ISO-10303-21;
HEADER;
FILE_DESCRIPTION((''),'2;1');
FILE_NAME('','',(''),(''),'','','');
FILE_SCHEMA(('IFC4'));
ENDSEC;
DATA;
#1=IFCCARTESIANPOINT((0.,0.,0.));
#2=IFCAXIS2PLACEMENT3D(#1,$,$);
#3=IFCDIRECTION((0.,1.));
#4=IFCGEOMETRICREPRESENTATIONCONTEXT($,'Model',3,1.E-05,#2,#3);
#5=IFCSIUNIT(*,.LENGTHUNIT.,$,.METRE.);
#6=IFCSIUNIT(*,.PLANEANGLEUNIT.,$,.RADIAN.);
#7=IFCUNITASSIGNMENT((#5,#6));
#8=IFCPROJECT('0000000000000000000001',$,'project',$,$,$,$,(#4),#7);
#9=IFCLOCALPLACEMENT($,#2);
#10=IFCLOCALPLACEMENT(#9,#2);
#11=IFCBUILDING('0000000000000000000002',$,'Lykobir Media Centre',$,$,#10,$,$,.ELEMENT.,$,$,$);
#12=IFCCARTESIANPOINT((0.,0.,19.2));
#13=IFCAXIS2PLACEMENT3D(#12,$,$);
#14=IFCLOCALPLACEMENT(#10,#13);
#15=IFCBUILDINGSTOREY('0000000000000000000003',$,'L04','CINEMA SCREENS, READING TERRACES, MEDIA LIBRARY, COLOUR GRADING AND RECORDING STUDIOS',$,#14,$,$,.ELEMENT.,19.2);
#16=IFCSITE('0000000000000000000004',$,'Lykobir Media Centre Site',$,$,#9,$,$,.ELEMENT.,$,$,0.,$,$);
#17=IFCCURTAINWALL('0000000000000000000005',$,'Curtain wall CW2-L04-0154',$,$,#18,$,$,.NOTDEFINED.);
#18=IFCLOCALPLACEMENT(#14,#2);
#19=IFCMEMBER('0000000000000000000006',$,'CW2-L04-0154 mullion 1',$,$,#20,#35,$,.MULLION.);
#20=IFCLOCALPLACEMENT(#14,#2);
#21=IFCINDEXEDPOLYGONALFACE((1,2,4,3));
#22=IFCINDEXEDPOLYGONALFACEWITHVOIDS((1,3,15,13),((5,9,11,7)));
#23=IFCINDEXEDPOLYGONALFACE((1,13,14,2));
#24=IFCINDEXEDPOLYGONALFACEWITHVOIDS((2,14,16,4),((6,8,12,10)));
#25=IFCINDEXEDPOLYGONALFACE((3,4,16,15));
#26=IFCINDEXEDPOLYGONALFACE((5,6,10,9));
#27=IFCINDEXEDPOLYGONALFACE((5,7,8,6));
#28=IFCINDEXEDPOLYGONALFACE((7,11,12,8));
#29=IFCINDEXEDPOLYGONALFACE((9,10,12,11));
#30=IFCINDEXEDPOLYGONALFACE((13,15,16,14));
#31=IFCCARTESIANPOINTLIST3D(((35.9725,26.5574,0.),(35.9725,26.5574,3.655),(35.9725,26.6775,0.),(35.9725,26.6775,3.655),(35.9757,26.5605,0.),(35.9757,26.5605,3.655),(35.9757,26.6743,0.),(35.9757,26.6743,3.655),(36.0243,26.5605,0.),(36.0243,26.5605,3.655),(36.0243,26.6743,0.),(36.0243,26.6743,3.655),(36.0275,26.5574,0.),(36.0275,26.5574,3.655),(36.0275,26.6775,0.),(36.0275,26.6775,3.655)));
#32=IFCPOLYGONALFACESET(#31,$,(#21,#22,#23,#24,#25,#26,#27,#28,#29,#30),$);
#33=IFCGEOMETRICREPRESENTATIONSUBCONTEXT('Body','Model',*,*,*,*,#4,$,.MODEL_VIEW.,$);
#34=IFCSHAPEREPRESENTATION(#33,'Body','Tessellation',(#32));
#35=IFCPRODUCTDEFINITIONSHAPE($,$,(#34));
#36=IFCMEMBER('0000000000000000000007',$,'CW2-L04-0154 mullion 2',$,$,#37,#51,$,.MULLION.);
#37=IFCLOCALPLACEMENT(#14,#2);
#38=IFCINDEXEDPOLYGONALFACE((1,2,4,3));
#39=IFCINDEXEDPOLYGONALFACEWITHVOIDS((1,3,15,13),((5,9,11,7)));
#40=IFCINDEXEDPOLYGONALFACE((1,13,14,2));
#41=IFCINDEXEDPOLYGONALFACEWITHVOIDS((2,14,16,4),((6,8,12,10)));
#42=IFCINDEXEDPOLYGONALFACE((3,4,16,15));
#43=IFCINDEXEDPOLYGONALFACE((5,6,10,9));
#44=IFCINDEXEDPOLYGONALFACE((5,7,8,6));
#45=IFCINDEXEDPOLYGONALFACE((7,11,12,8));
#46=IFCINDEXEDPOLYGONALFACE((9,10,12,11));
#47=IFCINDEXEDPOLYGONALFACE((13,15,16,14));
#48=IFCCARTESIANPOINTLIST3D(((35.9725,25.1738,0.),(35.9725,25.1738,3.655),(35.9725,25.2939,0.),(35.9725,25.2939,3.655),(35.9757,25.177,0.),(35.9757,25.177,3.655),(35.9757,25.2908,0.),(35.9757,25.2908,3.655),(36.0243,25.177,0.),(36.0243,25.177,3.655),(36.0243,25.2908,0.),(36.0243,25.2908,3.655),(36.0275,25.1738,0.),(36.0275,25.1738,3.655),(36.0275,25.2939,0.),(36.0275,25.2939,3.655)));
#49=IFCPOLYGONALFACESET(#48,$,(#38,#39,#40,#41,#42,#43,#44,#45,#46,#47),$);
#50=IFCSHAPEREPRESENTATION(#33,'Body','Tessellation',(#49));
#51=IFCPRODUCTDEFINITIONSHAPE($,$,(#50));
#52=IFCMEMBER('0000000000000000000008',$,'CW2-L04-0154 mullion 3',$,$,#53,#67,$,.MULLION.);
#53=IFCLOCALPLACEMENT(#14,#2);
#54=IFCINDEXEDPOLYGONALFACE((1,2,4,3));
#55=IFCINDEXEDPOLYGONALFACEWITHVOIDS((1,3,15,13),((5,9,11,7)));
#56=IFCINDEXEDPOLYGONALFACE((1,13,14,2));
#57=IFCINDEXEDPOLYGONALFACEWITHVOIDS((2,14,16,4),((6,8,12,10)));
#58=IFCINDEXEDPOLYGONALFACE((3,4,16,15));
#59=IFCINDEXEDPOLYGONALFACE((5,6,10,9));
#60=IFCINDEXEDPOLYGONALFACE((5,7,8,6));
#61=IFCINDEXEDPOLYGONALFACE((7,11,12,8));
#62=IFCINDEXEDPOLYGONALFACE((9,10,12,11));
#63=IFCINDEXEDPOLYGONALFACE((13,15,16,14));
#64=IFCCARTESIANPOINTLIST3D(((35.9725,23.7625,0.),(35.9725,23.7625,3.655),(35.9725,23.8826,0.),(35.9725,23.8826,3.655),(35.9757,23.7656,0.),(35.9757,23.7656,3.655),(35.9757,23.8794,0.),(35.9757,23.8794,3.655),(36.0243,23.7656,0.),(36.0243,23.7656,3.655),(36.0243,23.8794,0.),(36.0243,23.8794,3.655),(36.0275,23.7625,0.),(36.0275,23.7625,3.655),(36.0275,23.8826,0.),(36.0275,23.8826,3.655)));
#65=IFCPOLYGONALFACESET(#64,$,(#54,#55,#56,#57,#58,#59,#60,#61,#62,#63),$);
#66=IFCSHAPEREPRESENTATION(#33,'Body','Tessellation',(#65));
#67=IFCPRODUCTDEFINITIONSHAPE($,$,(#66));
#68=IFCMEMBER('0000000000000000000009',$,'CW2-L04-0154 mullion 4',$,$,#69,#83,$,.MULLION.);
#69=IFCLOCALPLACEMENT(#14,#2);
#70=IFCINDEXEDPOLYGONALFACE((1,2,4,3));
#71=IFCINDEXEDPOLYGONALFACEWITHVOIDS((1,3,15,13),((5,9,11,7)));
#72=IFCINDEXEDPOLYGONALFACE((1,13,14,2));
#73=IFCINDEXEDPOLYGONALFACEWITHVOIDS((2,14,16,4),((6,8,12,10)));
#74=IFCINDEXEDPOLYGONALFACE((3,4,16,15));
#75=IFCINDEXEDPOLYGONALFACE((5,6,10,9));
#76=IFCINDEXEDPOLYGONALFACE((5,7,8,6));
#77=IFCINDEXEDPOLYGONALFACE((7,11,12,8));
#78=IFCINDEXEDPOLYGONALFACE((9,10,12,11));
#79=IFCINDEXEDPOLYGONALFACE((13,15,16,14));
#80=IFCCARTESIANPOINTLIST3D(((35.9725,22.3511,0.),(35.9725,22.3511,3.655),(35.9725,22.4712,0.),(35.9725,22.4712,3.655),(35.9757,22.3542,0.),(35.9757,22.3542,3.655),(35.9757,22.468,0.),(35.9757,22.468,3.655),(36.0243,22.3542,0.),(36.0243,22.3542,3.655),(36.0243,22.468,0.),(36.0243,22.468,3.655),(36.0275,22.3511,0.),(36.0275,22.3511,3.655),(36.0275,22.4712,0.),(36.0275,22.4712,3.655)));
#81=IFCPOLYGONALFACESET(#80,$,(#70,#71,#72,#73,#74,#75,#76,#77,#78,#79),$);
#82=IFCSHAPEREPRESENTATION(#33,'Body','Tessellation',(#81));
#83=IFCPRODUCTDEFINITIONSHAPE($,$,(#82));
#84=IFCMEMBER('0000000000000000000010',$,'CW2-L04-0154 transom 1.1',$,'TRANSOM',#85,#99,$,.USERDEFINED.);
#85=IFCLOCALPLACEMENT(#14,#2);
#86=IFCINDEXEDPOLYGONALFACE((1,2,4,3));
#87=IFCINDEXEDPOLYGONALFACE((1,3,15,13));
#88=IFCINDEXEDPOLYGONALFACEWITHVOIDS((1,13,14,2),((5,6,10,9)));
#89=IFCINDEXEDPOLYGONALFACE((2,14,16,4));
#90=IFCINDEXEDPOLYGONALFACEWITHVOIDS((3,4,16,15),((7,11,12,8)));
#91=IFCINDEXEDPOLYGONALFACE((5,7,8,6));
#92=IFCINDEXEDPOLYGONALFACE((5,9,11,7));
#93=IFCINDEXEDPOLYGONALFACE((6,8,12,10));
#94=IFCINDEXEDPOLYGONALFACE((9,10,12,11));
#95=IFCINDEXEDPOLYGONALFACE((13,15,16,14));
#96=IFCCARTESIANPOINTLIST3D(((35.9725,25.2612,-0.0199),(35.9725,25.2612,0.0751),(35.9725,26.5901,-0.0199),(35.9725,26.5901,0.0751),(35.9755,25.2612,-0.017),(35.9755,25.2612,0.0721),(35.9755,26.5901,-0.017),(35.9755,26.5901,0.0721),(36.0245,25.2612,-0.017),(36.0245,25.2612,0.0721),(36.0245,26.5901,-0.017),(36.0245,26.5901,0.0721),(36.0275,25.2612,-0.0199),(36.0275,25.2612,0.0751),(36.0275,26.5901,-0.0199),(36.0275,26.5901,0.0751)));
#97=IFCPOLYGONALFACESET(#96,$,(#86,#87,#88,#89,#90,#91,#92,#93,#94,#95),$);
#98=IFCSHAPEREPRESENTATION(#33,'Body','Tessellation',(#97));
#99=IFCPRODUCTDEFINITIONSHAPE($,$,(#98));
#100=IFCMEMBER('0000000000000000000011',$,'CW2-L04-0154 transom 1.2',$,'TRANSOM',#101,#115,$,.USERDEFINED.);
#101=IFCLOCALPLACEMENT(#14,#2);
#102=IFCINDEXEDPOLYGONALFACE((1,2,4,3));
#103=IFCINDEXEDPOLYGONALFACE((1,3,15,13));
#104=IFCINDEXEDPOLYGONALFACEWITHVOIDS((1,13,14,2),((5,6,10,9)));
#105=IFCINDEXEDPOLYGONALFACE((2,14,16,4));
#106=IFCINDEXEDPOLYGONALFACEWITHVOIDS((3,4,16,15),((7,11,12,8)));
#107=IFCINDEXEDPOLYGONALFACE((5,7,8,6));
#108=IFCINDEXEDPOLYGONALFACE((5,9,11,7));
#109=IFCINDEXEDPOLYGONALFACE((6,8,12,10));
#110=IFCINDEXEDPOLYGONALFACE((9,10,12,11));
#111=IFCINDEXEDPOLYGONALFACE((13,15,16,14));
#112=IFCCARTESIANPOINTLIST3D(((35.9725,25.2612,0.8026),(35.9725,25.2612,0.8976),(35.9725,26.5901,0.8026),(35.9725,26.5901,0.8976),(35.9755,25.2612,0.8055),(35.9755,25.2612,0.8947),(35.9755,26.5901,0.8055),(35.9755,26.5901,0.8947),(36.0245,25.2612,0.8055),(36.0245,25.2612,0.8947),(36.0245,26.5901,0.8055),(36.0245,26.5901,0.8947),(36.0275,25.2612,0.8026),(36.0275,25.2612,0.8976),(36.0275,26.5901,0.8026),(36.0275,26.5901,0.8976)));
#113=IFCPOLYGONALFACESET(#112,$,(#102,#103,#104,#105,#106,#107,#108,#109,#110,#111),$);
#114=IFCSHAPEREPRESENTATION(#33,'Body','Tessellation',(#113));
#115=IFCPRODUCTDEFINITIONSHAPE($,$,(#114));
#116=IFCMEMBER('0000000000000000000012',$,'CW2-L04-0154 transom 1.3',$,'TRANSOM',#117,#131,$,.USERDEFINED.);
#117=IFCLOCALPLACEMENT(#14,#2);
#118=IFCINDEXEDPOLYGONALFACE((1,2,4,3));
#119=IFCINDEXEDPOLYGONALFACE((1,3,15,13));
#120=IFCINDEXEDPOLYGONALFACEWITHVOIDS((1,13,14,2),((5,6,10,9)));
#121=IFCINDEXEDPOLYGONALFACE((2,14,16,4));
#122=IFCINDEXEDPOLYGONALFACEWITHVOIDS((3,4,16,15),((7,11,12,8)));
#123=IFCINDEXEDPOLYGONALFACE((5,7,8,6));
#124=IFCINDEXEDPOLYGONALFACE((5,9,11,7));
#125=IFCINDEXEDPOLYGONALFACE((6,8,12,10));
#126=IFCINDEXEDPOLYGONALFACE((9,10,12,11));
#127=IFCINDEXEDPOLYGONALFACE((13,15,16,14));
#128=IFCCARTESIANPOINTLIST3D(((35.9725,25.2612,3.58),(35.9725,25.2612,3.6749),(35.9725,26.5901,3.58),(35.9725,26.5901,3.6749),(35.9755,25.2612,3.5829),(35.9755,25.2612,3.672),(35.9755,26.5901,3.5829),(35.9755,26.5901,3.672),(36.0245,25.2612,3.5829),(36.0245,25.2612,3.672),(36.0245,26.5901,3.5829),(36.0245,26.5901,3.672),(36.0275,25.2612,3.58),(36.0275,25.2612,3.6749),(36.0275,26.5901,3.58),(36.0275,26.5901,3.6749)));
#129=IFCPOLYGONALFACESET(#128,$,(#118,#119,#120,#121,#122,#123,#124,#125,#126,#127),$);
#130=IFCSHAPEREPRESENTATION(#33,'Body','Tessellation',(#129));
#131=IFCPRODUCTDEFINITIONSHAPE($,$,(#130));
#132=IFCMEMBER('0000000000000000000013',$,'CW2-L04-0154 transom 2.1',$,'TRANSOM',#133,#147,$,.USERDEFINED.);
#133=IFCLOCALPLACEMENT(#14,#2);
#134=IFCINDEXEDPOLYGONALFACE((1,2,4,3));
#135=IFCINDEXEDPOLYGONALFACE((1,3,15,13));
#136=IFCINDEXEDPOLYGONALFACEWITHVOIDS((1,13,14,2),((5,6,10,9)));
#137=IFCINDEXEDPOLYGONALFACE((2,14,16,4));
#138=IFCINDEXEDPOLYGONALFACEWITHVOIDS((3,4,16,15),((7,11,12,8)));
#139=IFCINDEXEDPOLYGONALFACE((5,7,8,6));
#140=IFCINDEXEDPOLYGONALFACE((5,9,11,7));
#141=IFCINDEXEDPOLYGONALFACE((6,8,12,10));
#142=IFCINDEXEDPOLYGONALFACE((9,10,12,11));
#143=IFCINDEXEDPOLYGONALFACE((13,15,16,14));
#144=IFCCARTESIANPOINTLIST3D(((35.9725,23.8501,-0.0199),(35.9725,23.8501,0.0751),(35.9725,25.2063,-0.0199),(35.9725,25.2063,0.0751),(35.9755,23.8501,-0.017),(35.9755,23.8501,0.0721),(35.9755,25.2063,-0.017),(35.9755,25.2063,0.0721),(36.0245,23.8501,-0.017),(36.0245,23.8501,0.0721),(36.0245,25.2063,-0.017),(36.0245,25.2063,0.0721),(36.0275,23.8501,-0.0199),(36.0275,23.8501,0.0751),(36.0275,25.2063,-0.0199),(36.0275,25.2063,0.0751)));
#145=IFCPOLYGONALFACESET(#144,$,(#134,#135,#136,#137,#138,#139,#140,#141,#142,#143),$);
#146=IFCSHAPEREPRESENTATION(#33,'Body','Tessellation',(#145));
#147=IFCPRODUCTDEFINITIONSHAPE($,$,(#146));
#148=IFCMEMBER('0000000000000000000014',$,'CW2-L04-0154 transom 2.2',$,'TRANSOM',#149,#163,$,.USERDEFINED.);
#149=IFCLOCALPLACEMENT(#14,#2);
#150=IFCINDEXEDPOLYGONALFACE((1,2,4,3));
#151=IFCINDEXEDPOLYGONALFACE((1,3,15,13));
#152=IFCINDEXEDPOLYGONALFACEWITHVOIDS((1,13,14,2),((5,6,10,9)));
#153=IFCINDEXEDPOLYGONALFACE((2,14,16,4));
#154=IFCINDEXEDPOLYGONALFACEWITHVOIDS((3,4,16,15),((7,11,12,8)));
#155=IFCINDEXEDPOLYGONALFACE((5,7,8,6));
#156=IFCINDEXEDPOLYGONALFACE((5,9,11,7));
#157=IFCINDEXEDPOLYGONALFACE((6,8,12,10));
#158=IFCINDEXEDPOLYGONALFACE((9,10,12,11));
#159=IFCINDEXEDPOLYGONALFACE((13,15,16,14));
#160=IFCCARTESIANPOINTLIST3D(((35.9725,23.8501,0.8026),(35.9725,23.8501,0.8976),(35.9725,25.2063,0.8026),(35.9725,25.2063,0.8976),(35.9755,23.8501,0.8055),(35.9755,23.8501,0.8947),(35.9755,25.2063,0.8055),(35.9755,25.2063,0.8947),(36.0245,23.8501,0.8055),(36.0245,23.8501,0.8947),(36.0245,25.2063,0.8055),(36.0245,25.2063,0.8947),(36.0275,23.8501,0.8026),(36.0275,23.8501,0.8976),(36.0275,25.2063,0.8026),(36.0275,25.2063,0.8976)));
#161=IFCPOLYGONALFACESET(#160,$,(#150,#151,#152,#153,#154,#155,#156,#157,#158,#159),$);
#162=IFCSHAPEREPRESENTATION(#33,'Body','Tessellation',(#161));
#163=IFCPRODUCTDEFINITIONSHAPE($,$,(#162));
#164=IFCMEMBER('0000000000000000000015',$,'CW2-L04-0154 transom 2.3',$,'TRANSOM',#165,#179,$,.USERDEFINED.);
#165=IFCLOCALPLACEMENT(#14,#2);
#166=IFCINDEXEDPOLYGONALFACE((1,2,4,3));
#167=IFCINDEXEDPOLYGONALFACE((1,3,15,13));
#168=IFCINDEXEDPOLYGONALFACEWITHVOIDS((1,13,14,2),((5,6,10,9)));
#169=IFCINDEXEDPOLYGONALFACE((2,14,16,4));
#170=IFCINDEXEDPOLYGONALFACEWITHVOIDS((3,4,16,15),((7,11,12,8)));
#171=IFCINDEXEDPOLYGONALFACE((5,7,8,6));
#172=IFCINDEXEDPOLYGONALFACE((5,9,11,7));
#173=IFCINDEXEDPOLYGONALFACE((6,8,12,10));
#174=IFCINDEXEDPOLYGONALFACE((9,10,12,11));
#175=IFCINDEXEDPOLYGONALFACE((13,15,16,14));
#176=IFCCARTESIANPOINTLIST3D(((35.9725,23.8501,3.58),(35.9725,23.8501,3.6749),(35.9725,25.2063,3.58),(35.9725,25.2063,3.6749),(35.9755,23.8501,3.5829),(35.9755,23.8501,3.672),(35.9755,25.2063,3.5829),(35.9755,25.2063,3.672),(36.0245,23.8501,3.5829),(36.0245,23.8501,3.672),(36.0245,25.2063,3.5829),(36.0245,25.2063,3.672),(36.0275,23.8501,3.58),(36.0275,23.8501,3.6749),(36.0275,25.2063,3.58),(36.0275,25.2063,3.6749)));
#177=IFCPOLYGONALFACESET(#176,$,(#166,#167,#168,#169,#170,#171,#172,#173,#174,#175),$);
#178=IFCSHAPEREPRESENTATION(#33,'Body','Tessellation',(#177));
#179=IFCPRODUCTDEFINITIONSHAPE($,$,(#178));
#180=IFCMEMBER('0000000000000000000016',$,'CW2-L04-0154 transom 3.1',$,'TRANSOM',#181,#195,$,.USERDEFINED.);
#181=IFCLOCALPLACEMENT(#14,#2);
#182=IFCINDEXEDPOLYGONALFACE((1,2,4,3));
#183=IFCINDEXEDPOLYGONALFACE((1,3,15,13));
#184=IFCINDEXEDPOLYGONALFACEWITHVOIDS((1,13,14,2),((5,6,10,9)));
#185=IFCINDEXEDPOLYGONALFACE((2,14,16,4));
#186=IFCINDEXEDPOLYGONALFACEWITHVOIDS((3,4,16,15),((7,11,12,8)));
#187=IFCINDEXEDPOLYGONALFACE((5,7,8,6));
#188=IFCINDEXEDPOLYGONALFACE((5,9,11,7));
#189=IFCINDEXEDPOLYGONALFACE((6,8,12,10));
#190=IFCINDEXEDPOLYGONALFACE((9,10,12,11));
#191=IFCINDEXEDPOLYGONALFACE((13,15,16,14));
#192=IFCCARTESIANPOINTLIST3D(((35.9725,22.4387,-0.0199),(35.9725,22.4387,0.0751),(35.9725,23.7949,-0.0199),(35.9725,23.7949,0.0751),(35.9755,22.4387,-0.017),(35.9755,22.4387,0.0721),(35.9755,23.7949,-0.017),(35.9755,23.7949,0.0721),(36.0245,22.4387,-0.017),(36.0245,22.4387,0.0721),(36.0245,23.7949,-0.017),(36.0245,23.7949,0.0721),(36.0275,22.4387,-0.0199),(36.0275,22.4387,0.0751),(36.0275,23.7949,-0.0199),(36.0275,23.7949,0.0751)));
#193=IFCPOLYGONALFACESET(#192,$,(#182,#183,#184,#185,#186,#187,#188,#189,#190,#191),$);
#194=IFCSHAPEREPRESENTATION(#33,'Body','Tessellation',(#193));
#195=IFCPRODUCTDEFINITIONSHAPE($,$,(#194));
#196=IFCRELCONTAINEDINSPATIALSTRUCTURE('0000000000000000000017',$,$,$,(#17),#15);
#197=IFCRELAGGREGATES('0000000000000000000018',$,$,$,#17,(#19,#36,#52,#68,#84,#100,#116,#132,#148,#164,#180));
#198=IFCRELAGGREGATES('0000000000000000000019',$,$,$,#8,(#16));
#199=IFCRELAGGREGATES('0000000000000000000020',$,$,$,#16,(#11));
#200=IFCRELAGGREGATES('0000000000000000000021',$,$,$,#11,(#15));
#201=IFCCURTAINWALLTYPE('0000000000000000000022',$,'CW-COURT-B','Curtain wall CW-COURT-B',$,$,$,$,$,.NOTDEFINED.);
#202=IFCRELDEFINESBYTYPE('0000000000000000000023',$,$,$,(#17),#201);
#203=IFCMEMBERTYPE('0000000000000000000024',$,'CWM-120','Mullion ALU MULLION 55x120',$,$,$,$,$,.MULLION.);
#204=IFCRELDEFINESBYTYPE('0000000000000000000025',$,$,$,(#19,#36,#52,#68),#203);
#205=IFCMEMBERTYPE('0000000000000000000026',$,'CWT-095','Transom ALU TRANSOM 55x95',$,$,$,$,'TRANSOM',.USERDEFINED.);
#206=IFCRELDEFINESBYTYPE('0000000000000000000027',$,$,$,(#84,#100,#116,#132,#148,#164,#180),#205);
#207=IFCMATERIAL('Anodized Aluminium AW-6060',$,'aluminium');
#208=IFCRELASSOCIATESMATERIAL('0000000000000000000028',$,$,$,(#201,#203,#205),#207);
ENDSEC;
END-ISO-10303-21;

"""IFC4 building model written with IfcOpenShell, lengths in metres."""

from ifc_helpers import new_model, si_unit, direction, frame, origin, origin_2d, place, context, subcontext, project, spatial, hollow_rectangle, extrude, material, material_profile, profile_set, type_object, element, aggregate, save


model = new_model("IFC4")

# Units and contexts
model_context = context("Model", 3, precision=1e-05, world=origin(), true_north=direction((0.0, 1.0)))
body_context = subcontext(model_context, "Body", "Model", "MODEL_VIEW")
ifc_project = project(units=[si_unit("LENGTHUNIT", "METRE"), si_unit("PLANEANGLEUNIT", "RADIAN")], contexts=[model_context])

# Site, building, storey
site_placement = place(None, origin())
site = spatial("IfcSite", under=ifc_project, at=site_placement, Name="Lykobir Media Centre Site", CompositionType="ELEMENT", RefElevation=0.0)
building_placement = place(site_placement, origin())
building = spatial("IfcBuilding", under=site, at=building_placement, Name="Lykobir Media Centre", CompositionType="ELEMENT")
storey_placement = place(building_placement, frame((0.0, 0.0, 19.2)))
storey = spatial("IfcBuildingStorey", under=building, at=storey_placement, Name="L04", Description="CINEMA SCREENS, READING TERRACES, MEDIA LIBRARY, COLOUR GRADING AND RECORDING STUDIOS", CompositionType="ELEMENT", Elevation=19.2)

# Curtain wall, members
ifc_material_1 = material(Name="Anodized Aluminium AW-6060", Category="aluminium")
curtain_wall_type = type_object("IfcCurtainWallType", Name="CW-COURT-B", Description="Curtain wall CW-COURT-B", PredefinedType="NOTDEFINED", material=ifc_material_1)
curtain_wall_placement = place(storey_placement, origin())
curtain_wall = element("IfcCurtainWall", 1, at=curtain_wall_placement, inside=storey, type_object=curtain_wall_type, Name="Curtain wall CW2-L04-0154", PredefinedType="NOTDEFINED")
ifc_material_profile_1 = material_profile(ifc_material_1, hollow_rectangle(XDim=0.0549, YDim=0.1201, WallThickness=0.0032, at=origin_2d()), Name="ALU MULLION 55x120")
ifc_profile_set_1 = profile_set([ifc_material_profile_1], Name="Anodized Aluminium AW-6060")
member_type_1 = type_object("IfcMemberType", Name="CWM-120", Description="Mullion ALU MULLION 55x120", PredefinedType="MULLION", material=ifc_profile_set_1)
member_1_placement = place(storey_placement, frame((36.0, 26.6174, 0.0), z_axis=(0.0, 0.0, 1.0), x_axis=(1.0, 0.0, 0.0)))
member_1 = element("IfcMember", 2, at=member_1_placement, type_object=member_type_1, Name="CW2-L04-0154 mullion 1", PredefinedType="MULLION", context=body_context, shape_type="SweptSolid", body=[
    extrude(hollow_rectangle(XDim=0.0549, YDim=0.1201, WallThickness=0.0032, at=origin_2d()), origin(), (0.0, 0.0, 1.0), 3.655),
])
member_2_placement = place(storey_placement, frame((36.0, 25.2339, 0.0), z_axis=(0.0, 0.0, 1.0), x_axis=(1.0, 0.0, 0.0)))
member_2 = element("IfcMember", 3, at=member_2_placement, type_object=member_type_1, Name="CW2-L04-0154 mullion 2", PredefinedType="MULLION", context=body_context, shape_type="SweptSolid", body=[
    extrude(hollow_rectangle(XDim=0.0549, YDim=0.1201, WallThickness=0.0032, at=origin_2d()), origin(), (0.0, 0.0, 1.0), 3.655),
])
member_3_placement = place(storey_placement, frame((36.0, 23.8225, 0.0), z_axis=(0.0, 0.0, 1.0), x_axis=(1.0, 0.0, 0.0)))
member_3 = element("IfcMember", 4, at=member_3_placement, type_object=member_type_1, Name="CW2-L04-0154 mullion 3", PredefinedType="MULLION", context=body_context, shape_type="SweptSolid", body=[
    extrude(hollow_rectangle(XDim=0.0549, YDim=0.1201, WallThickness=0.0032, at=origin_2d()), origin(), (0.0, 0.0, 1.0), 3.655),
])
member_4_placement = place(storey_placement, frame((36.0, 22.4111, 0.0), z_axis=(0.0, 0.0, 1.0), x_axis=(1.0, 0.0, 0.0)))
member_4 = element("IfcMember", 5, at=member_4_placement, type_object=member_type_1, Name="CW2-L04-0154 mullion 4", PredefinedType="MULLION", context=body_context, shape_type="SweptSolid", body=[
    extrude(hollow_rectangle(XDim=0.0549, YDim=0.1201, WallThickness=0.0032, at=origin_2d()), origin(), (0.0, 0.0, 1.0), 3.655),
])
ifc_material_profile_2 = material_profile(ifc_material_1, hollow_rectangle(XDim=0.0549, YDim=0.095, WallThickness=0.0029, at=origin_2d()), Name="ALU TRANSOM 55x95")
ifc_profile_set_2 = profile_set([ifc_material_profile_2], Name="Anodized Aluminium AW-6060")
member_type_2 = type_object("IfcMemberType", Name="CWT-095", Description="Transom ALU TRANSOM 55x95", ElementType="TRANSOM", PredefinedType="USERDEFINED", material=ifc_profile_set_2)
member_5_placement = place(storey_placement, frame((36.0, 26.5901, 0.0276), z_axis=(0.0, -1.0, 0.0), x_axis=(1.0, 0.0, 0.0)))
member_5 = element("IfcMember", 6, at=member_5_placement, type_object=member_type_2, Name="CW2-L04-0154 transom 1.1", ObjectType="TRANSOM", PredefinedType="USERDEFINED", context=body_context, shape_type="SweptSolid", body=[
    extrude(hollow_rectangle(XDim=0.0549, YDim=0.095, WallThickness=0.0029, at=origin_2d()), origin(), (0.0, 0.0, 1.0), 1.3289),
])
member_6_placement = place(storey_placement, frame((36.0, 26.5901, 0.8501), z_axis=(0.0, -1.0, 0.0), x_axis=(1.0, 0.0, 0.0)))
member_6 = element("IfcMember", 7, at=member_6_placement, type_object=member_type_2, Name="CW2-L04-0154 transom 1.2", ObjectType="TRANSOM", PredefinedType="USERDEFINED", context=body_context, shape_type="SweptSolid", body=[
    extrude(hollow_rectangle(XDim=0.0549, YDim=0.095, WallThickness=0.0029, at=origin_2d()), origin(), (0.0, 0.0, 1.0), 1.3289),
])
member_7_placement = place(storey_placement, frame((36.0, 26.5901, 3.6274), z_axis=(0.0, -1.0, 0.0), x_axis=(1.0, 0.0, 0.0)))
member_7 = element("IfcMember", 8, at=member_7_placement, type_object=member_type_2, Name="CW2-L04-0154 transom 1.3", ObjectType="TRANSOM", PredefinedType="USERDEFINED", context=body_context, shape_type="SweptSolid", body=[
    extrude(hollow_rectangle(XDim=0.0549, YDim=0.095, WallThickness=0.0029, at=origin_2d()), origin(), (0.0, 0.0, 1.0), 1.3289),
])
member_8_placement = place(storey_placement, frame((36.0, 25.2063, 0.0276), z_axis=(0.0, -1.0, 0.0), x_axis=(1.0, 0.0, 0.0)))
member_8 = element("IfcMember", 9, at=member_8_placement, type_object=member_type_2, Name="CW2-L04-0154 transom 2.1", ObjectType="TRANSOM", PredefinedType="USERDEFINED", context=body_context, shape_type="SweptSolid", body=[
    extrude(hollow_rectangle(XDim=0.0549, YDim=0.095, WallThickness=0.0029, at=origin_2d()), origin(), (0.0, 0.0, 1.0), 1.3562),
])
member_9_placement = place(storey_placement, frame((36.0, 25.2063, 0.8501), z_axis=(0.0, -1.0, 0.0), x_axis=(1.0, 0.0, 0.0)))
member_9 = element("IfcMember", 10, at=member_9_placement, type_object=member_type_2, Name="CW2-L04-0154 transom 2.2", ObjectType="TRANSOM", PredefinedType="USERDEFINED", context=body_context, shape_type="SweptSolid", body=[
    extrude(hollow_rectangle(XDim=0.0549, YDim=0.095, WallThickness=0.0029, at=origin_2d()), origin(), (0.0, 0.0, 1.0), 1.3562),
])
member_10_placement = place(storey_placement, frame((36.0, 25.2063, 3.6274), z_axis=(0.0, -1.0, 0.0), x_axis=(1.0, 0.0, 0.0)))
member_10 = element("IfcMember", 11, at=member_10_placement, type_object=member_type_2, Name="CW2-L04-0154 transom 2.3", ObjectType="TRANSOM", PredefinedType="USERDEFINED", context=body_context, shape_type="SweptSolid", body=[
    extrude(hollow_rectangle(XDim=0.0549, YDim=0.095, WallThickness=0.0029, at=origin_2d()), origin(), (0.0, 0.0, 1.0), 1.3562),
])
member_11_placement = place(storey_placement, frame((36.0, 23.7949, 0.0276), z_axis=(0.0, -1.0, 0.0), x_axis=(1.0, 0.0, 0.0)))
member_11 = element("IfcMember", 12, at=member_11_placement, type_object=member_type_2, Name="CW2-L04-0154 transom 3.1", ObjectType="TRANSOM", PredefinedType="USERDEFINED", context=body_context, shape_type="SweptSolid", body=[
    extrude(hollow_rectangle(XDim=0.0549, YDim=0.095, WallThickness=0.0029, at=origin_2d()), origin(), (0.0, 0.0, 1.0), 1.3562),
])
aggregate(curtain_wall, [member_1, member_2, member_3, member_4, member_5, member_6, member_7, member_8, member_9, member_10, member_11])

save(model, "model.ifc")
